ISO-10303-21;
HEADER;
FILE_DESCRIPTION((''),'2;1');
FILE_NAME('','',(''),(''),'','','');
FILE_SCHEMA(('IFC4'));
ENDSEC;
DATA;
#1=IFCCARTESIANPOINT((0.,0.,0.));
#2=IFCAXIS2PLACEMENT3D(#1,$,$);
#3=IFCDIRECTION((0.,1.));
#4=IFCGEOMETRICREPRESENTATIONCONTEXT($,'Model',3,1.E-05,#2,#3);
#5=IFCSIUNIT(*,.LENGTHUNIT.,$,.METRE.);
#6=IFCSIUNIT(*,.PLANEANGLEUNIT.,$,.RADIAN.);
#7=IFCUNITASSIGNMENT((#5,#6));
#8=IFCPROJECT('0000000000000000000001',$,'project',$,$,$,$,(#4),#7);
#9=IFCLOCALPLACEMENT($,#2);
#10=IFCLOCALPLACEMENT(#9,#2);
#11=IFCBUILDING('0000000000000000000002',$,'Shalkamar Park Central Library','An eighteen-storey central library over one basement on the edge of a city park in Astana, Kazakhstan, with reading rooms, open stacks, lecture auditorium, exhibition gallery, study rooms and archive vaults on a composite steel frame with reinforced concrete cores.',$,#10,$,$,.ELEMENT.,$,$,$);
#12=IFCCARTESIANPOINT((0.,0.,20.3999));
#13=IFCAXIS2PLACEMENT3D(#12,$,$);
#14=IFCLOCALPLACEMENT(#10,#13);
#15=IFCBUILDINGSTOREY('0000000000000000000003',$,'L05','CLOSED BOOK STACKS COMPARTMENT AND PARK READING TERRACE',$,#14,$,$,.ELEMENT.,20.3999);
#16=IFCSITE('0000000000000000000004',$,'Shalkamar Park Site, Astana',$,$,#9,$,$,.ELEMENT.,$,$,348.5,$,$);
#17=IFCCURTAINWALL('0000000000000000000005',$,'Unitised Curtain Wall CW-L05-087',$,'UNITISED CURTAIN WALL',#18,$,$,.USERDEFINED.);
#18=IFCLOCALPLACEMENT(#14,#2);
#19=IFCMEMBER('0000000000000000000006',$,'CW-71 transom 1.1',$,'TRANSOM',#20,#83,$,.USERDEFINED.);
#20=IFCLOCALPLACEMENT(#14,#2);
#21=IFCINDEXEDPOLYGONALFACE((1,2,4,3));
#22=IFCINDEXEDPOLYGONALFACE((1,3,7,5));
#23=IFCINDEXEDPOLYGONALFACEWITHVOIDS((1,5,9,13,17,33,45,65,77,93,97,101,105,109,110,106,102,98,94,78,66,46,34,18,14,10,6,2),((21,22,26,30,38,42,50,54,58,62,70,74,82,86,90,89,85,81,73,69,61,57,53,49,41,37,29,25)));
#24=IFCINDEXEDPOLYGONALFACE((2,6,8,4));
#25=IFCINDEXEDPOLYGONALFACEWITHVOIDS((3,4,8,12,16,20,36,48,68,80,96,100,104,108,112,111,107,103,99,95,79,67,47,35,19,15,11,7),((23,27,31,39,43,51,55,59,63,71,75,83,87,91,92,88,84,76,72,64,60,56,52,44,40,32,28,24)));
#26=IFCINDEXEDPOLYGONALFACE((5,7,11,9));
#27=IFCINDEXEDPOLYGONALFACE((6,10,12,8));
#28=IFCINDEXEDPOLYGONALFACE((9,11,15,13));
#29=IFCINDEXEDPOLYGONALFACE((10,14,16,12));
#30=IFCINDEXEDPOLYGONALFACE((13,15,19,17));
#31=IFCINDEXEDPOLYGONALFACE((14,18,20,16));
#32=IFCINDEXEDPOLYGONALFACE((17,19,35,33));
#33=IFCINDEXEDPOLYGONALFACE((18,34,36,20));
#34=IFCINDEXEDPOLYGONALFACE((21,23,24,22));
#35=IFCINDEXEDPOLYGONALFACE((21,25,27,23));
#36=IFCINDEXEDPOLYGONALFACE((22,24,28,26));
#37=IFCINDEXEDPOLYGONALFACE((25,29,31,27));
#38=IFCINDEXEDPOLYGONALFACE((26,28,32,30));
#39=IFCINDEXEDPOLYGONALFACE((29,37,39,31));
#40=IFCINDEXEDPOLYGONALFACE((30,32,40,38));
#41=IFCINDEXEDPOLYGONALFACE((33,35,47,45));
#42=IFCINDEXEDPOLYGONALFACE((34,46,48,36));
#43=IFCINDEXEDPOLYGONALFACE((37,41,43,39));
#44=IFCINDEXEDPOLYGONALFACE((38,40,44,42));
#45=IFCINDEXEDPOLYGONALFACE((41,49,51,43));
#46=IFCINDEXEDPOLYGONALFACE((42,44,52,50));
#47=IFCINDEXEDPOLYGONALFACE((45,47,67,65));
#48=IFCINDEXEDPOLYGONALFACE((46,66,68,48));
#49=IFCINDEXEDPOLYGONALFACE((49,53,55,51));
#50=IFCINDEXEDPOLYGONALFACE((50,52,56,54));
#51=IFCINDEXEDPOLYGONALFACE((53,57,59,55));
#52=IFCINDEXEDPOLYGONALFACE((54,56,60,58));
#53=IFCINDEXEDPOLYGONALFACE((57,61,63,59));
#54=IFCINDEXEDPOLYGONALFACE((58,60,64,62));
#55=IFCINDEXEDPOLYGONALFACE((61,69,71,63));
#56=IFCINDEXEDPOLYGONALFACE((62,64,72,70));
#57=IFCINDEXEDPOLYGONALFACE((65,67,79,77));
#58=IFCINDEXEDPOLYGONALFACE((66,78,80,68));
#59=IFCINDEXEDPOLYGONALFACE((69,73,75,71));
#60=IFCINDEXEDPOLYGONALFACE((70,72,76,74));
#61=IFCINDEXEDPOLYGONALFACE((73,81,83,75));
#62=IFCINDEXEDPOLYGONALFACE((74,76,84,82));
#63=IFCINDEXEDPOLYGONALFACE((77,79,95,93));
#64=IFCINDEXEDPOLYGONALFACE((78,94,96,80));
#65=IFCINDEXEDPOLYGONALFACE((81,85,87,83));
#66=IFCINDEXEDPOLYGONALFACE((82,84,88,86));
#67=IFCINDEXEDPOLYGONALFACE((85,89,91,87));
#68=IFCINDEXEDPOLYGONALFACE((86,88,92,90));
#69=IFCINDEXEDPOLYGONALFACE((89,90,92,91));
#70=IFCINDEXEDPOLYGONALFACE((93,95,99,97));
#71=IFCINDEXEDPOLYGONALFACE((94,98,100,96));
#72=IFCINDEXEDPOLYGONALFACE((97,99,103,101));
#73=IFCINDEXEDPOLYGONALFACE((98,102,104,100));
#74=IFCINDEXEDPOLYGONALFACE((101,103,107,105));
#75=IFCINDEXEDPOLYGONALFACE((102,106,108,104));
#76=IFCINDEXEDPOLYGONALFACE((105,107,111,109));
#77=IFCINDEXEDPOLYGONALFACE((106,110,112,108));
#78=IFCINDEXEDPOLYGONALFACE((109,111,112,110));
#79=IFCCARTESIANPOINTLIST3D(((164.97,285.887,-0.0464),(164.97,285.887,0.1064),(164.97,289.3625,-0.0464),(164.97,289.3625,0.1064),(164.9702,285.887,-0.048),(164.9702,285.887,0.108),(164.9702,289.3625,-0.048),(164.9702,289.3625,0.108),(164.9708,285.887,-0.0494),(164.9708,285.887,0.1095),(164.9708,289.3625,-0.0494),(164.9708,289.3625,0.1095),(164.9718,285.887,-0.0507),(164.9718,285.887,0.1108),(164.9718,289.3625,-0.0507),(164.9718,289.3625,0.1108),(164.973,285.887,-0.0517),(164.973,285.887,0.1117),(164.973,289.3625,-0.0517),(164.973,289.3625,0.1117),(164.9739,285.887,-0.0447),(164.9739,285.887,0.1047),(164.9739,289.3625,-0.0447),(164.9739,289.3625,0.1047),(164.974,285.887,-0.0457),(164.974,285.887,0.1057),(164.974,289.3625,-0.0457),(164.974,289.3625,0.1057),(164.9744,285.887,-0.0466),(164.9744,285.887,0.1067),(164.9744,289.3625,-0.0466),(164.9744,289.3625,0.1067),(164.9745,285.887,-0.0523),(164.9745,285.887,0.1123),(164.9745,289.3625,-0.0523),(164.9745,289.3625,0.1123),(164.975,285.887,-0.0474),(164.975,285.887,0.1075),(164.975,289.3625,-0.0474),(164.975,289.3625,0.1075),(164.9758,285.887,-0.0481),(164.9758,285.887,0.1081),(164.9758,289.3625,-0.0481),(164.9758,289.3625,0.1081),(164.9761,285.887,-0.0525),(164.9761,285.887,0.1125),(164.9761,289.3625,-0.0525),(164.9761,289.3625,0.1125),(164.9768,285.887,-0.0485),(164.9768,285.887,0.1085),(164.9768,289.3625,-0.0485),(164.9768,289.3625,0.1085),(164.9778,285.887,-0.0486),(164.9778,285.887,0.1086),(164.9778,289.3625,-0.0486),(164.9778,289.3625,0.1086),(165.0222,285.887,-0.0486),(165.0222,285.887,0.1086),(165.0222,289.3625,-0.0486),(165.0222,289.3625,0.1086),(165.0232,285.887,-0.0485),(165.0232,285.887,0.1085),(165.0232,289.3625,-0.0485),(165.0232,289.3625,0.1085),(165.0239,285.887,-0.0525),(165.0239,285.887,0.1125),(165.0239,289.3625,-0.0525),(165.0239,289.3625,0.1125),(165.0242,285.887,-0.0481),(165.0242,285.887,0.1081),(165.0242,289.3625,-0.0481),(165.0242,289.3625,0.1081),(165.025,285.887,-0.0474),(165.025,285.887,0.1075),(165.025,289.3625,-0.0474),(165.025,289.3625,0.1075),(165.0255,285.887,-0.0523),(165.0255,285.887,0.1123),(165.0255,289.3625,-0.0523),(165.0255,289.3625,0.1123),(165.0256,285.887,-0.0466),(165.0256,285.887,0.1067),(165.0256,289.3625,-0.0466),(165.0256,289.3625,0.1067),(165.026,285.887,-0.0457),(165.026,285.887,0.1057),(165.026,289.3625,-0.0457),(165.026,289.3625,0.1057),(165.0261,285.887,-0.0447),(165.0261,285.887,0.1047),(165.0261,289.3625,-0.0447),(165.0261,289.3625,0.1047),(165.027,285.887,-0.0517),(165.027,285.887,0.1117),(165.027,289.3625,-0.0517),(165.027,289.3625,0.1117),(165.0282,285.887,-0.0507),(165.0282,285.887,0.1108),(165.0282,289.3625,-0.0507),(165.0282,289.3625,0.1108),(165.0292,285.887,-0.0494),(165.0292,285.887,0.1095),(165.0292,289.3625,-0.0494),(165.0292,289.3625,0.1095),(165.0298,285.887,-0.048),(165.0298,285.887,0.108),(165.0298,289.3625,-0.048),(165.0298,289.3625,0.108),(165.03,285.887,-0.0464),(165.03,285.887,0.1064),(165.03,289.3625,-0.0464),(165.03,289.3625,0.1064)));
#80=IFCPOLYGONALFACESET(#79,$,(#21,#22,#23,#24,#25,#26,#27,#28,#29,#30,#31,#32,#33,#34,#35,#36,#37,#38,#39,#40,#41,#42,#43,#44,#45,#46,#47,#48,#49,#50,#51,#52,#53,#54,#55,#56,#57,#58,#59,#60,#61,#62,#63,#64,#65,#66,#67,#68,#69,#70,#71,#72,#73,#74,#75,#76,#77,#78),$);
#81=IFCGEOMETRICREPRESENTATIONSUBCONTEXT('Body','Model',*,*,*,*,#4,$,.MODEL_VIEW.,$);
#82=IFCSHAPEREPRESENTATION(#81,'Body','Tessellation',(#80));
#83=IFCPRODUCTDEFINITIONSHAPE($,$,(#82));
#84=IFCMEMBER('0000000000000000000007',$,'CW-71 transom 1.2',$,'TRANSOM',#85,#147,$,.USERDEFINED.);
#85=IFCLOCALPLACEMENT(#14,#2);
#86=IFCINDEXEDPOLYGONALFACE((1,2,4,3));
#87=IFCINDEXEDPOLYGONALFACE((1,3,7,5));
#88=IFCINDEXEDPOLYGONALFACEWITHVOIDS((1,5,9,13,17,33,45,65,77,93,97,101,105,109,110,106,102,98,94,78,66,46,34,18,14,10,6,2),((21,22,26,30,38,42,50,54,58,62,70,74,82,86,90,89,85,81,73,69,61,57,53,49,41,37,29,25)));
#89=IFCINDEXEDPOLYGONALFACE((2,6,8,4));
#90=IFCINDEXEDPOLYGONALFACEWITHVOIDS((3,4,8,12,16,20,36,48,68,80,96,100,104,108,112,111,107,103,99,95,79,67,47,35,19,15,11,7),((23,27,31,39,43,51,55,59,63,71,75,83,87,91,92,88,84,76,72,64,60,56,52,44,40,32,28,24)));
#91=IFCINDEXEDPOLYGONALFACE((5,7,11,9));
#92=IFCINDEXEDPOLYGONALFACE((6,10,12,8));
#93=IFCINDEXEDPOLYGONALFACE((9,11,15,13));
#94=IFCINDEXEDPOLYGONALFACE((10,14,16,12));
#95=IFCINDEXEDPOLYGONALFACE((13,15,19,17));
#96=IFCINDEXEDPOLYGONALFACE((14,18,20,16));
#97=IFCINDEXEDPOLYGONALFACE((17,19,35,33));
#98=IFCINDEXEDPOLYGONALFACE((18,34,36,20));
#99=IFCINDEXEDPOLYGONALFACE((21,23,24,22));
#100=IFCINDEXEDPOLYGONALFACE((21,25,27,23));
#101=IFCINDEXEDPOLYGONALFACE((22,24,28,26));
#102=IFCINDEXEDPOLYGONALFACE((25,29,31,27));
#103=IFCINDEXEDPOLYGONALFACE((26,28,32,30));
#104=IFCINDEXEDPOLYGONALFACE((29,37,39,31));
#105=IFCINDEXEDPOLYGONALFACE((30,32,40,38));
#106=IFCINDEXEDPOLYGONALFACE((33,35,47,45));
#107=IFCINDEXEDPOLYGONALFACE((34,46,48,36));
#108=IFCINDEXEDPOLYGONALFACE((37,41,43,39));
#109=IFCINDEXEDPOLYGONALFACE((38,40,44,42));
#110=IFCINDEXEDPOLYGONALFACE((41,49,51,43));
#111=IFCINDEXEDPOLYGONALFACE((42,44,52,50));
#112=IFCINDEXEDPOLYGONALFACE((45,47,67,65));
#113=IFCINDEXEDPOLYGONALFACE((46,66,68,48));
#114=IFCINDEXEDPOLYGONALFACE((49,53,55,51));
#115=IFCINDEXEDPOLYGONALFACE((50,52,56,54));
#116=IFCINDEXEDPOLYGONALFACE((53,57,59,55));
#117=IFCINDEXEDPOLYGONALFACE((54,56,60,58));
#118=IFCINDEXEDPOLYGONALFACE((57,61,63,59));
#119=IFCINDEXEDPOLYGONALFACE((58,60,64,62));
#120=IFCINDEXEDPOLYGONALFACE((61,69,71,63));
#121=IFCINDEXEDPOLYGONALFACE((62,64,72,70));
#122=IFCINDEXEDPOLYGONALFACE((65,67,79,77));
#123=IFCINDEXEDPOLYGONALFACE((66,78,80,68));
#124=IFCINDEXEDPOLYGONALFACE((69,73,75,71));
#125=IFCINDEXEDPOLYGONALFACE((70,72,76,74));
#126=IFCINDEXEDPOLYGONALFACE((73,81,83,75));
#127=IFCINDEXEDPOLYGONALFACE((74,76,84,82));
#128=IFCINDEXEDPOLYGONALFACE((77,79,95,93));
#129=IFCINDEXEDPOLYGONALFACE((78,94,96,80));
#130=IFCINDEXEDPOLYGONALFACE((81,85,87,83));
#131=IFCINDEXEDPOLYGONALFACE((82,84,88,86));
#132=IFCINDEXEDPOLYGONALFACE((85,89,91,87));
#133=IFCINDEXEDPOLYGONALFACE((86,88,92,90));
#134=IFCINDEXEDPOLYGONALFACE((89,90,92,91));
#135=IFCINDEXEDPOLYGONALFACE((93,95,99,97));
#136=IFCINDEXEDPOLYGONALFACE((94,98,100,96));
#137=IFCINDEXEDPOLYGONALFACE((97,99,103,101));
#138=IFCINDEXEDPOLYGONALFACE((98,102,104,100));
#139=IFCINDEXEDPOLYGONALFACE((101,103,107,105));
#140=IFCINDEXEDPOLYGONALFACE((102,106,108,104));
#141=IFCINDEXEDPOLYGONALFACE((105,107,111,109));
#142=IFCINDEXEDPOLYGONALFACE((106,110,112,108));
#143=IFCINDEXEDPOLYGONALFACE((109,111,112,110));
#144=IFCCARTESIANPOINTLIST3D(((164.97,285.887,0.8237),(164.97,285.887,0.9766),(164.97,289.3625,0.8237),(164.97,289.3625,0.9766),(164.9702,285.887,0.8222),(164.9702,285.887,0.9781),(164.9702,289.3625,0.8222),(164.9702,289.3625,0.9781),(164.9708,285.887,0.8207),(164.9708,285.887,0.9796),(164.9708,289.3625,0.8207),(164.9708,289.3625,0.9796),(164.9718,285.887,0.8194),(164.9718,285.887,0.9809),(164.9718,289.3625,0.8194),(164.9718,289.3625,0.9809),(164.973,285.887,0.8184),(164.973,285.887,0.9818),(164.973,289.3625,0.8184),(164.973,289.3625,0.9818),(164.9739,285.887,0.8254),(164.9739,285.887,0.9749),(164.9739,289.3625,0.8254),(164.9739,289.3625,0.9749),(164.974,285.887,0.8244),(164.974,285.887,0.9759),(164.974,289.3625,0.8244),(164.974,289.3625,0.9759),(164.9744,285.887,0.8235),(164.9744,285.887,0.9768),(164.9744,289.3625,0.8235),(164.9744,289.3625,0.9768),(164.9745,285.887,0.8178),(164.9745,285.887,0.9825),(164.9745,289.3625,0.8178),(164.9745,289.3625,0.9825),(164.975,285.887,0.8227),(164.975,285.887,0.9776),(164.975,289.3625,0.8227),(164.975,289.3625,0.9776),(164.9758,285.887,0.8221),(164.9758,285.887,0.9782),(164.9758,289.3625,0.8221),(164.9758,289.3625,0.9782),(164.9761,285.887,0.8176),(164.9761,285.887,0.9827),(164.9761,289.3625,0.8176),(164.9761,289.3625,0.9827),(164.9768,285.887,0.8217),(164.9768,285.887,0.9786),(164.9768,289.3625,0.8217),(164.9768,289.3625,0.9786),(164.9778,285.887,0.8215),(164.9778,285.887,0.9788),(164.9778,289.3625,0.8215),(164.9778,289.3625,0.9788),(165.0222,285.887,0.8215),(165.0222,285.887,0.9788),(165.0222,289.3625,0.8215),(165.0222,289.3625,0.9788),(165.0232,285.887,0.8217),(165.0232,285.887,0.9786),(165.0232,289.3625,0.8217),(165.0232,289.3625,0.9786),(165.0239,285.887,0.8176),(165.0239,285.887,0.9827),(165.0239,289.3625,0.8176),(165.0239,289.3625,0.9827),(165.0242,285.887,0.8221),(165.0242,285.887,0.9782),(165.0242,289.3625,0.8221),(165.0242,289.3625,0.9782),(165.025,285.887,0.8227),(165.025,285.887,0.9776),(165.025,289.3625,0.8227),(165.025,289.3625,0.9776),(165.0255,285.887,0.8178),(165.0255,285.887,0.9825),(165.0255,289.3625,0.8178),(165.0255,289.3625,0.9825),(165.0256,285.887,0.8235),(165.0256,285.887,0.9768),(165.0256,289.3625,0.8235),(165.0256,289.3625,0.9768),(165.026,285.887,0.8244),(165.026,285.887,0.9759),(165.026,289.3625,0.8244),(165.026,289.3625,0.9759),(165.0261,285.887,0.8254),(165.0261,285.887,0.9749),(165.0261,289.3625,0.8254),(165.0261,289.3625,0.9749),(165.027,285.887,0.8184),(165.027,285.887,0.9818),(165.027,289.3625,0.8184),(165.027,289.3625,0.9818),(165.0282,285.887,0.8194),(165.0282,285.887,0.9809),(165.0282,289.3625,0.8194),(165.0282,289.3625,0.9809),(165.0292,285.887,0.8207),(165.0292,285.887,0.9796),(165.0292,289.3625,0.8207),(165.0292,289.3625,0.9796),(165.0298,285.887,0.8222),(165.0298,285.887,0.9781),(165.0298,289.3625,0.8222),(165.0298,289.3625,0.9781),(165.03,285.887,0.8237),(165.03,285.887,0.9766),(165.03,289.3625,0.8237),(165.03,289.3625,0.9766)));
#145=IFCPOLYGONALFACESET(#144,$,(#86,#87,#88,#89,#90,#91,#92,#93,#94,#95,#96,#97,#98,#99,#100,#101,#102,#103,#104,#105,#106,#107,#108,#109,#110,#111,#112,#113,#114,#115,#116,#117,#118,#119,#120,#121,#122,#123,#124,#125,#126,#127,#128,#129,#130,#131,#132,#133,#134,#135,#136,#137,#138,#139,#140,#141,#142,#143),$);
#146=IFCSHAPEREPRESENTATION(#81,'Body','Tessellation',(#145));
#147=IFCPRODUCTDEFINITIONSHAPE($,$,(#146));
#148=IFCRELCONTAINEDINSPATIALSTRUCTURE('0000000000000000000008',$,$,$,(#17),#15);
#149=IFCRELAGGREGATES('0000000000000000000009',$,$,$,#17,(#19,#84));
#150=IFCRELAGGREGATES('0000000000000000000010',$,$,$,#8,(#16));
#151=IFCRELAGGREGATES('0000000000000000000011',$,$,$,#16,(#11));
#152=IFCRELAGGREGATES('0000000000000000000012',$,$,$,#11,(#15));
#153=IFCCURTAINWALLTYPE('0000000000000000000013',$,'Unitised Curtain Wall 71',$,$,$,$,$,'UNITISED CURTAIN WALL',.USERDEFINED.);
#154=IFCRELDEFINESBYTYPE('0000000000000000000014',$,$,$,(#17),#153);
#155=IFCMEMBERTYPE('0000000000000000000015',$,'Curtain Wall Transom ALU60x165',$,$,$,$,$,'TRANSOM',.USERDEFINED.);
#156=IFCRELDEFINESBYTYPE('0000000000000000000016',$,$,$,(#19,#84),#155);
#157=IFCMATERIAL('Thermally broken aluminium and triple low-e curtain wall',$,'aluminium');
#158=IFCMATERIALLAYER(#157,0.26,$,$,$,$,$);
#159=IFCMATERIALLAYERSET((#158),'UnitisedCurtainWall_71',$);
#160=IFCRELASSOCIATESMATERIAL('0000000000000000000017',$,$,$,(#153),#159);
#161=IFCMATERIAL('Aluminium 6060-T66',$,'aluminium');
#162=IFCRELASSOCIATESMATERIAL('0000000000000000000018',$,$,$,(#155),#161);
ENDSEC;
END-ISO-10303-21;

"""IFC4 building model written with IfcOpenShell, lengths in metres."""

from ifc_helpers import new_model, si_unit, direction, frame, origin, origin_2d, place, context, subcontext, project, spatial, hollow_rectangle, extrude, material, layer, layer_set, material_profile, profile_set, type_object, element, aggregate, save


model = new_model("IFC4")

# Units and contexts
model_context = context("Model", 3, precision=1e-05, world=origin(), true_north=direction((0.0, 1.0)))
body_context = subcontext(model_context, "Body", "Model", "MODEL_VIEW")
ifc_project = project(units=[si_unit("LENGTHUNIT", "METRE"), si_unit("PLANEANGLEUNIT", "RADIAN")], contexts=[model_context])

# Site, building, storey
site_placement = place(None, origin())
site = spatial("IfcSite", under=ifc_project, at=site_placement, Name="Shalkamar Park Site, Astana", CompositionType="ELEMENT", RefElevation=348.5)
building_placement = place(site_placement, origin())
building = spatial("IfcBuilding", under=site, at=building_placement, Name="Shalkamar Park Central Library", Description="An eighteen-storey central library over one basement on the edge of a city park in Astana, Kazakhstan, with reading rooms, open stacks, lecture auditorium, exhibition gallery, study rooms and archive vaults on a composite steel frame with reinforced concrete cores.", CompositionType="ELEMENT")
storey_placement = place(building_placement, frame((0.0, 0.0, 20.3999)))
storey = spatial("IfcBuildingStorey", under=building, at=storey_placement, Name="L05", Description="CLOSED BOOK STACKS COMPARTMENT AND PARK READING TERRACE", CompositionType="ELEMENT", Elevation=20.3999)

# Curtain wall, members
ifc_material_1 = material(Name="Thermally broken aluminium and triple low-e curtain wall", Category="aluminium")
ifc_layer_1 = layer(ifc_material_1, 0.26)
ifc_layer_set_1 = layer_set([ifc_layer_1], Name="UnitisedCurtainWall_71")
curtain_wall_type = type_object("IfcCurtainWallType", Name="Unitised Curtain Wall 71", ElementType="UNITISED CURTAIN WALL", PredefinedType="USERDEFINED", material=ifc_layer_set_1)
curtain_wall_placement = place(storey_placement, origin())
curtain_wall = element("IfcCurtainWall", 1, at=curtain_wall_placement, inside=storey, type_object=curtain_wall_type, Name="Unitised Curtain Wall CW-L05-087", ObjectType="UNITISED CURTAIN WALL", PredefinedType="USERDEFINED")
ifc_material_2 = material(Name="Aluminium 6060-T66", Category="aluminium")
ifc_material_profile_1 = material_profile(ifc_material_2, hollow_rectangle(XDim=0.0601, YDim=0.165, WallThickness=0.0039, InnerFilletRadius=0.0039, OuterFilletRadius=0.0061, at=origin_2d()), Name="ALU 60x165x4")
ifc_profile_set_1 = profile_set([ifc_material_profile_1], Name="Aluminium 6060-T66")
member_type_1 = type_object("IfcMemberType", Name="Curtain Wall Transom ALU60x165", ElementType="TRANSOM", PredefinedType="USERDEFINED", material=ifc_profile_set_1)
member_1_placement = place(storey_placement, frame((165.0, 285.887, 0.03), z_axis=(0.0, 1.0, 0.0), x_axis=(-1.0, 0.0, 0.0)))
member_1 = element("IfcMember", 2, at=member_1_placement, type_object=member_type_1, Name="CW-71 transom 1.1", ObjectType="TRANSOM", PredefinedType="USERDEFINED", context=body_context, shape_type="SweptSolid", body=[
    extrude(hollow_rectangle(XDim=0.0601, YDim=0.165, WallThickness=0.0039, InnerFilletRadius=0.0039, OuterFilletRadius=0.0061, at=origin_2d()), origin(), (0.0, 0.0, 1.0), 3.4756),
])
member_2_placement = place(storey_placement, frame((165.0, 285.887, 0.9001), z_axis=(0.0, 1.0, 0.0), x_axis=(-1.0, 0.0, 0.0)))
member_2 = element("IfcMember", 3, at=member_2_placement, type_object=member_type_1, Name="CW-71 transom 1.2", ObjectType="TRANSOM", PredefinedType="USERDEFINED", context=body_context, shape_type="SweptSolid", body=[
    extrude(hollow_rectangle(XDim=0.0601, YDim=0.165, WallThickness=0.0039, InnerFilletRadius=0.0039, OuterFilletRadius=0.0061, at=origin_2d()), origin(), (0.0, 0.0, 1.0), 3.4756),
])

aggregate(curtain_wall, [member_1, member_2])

save(model, "model.ifc")
